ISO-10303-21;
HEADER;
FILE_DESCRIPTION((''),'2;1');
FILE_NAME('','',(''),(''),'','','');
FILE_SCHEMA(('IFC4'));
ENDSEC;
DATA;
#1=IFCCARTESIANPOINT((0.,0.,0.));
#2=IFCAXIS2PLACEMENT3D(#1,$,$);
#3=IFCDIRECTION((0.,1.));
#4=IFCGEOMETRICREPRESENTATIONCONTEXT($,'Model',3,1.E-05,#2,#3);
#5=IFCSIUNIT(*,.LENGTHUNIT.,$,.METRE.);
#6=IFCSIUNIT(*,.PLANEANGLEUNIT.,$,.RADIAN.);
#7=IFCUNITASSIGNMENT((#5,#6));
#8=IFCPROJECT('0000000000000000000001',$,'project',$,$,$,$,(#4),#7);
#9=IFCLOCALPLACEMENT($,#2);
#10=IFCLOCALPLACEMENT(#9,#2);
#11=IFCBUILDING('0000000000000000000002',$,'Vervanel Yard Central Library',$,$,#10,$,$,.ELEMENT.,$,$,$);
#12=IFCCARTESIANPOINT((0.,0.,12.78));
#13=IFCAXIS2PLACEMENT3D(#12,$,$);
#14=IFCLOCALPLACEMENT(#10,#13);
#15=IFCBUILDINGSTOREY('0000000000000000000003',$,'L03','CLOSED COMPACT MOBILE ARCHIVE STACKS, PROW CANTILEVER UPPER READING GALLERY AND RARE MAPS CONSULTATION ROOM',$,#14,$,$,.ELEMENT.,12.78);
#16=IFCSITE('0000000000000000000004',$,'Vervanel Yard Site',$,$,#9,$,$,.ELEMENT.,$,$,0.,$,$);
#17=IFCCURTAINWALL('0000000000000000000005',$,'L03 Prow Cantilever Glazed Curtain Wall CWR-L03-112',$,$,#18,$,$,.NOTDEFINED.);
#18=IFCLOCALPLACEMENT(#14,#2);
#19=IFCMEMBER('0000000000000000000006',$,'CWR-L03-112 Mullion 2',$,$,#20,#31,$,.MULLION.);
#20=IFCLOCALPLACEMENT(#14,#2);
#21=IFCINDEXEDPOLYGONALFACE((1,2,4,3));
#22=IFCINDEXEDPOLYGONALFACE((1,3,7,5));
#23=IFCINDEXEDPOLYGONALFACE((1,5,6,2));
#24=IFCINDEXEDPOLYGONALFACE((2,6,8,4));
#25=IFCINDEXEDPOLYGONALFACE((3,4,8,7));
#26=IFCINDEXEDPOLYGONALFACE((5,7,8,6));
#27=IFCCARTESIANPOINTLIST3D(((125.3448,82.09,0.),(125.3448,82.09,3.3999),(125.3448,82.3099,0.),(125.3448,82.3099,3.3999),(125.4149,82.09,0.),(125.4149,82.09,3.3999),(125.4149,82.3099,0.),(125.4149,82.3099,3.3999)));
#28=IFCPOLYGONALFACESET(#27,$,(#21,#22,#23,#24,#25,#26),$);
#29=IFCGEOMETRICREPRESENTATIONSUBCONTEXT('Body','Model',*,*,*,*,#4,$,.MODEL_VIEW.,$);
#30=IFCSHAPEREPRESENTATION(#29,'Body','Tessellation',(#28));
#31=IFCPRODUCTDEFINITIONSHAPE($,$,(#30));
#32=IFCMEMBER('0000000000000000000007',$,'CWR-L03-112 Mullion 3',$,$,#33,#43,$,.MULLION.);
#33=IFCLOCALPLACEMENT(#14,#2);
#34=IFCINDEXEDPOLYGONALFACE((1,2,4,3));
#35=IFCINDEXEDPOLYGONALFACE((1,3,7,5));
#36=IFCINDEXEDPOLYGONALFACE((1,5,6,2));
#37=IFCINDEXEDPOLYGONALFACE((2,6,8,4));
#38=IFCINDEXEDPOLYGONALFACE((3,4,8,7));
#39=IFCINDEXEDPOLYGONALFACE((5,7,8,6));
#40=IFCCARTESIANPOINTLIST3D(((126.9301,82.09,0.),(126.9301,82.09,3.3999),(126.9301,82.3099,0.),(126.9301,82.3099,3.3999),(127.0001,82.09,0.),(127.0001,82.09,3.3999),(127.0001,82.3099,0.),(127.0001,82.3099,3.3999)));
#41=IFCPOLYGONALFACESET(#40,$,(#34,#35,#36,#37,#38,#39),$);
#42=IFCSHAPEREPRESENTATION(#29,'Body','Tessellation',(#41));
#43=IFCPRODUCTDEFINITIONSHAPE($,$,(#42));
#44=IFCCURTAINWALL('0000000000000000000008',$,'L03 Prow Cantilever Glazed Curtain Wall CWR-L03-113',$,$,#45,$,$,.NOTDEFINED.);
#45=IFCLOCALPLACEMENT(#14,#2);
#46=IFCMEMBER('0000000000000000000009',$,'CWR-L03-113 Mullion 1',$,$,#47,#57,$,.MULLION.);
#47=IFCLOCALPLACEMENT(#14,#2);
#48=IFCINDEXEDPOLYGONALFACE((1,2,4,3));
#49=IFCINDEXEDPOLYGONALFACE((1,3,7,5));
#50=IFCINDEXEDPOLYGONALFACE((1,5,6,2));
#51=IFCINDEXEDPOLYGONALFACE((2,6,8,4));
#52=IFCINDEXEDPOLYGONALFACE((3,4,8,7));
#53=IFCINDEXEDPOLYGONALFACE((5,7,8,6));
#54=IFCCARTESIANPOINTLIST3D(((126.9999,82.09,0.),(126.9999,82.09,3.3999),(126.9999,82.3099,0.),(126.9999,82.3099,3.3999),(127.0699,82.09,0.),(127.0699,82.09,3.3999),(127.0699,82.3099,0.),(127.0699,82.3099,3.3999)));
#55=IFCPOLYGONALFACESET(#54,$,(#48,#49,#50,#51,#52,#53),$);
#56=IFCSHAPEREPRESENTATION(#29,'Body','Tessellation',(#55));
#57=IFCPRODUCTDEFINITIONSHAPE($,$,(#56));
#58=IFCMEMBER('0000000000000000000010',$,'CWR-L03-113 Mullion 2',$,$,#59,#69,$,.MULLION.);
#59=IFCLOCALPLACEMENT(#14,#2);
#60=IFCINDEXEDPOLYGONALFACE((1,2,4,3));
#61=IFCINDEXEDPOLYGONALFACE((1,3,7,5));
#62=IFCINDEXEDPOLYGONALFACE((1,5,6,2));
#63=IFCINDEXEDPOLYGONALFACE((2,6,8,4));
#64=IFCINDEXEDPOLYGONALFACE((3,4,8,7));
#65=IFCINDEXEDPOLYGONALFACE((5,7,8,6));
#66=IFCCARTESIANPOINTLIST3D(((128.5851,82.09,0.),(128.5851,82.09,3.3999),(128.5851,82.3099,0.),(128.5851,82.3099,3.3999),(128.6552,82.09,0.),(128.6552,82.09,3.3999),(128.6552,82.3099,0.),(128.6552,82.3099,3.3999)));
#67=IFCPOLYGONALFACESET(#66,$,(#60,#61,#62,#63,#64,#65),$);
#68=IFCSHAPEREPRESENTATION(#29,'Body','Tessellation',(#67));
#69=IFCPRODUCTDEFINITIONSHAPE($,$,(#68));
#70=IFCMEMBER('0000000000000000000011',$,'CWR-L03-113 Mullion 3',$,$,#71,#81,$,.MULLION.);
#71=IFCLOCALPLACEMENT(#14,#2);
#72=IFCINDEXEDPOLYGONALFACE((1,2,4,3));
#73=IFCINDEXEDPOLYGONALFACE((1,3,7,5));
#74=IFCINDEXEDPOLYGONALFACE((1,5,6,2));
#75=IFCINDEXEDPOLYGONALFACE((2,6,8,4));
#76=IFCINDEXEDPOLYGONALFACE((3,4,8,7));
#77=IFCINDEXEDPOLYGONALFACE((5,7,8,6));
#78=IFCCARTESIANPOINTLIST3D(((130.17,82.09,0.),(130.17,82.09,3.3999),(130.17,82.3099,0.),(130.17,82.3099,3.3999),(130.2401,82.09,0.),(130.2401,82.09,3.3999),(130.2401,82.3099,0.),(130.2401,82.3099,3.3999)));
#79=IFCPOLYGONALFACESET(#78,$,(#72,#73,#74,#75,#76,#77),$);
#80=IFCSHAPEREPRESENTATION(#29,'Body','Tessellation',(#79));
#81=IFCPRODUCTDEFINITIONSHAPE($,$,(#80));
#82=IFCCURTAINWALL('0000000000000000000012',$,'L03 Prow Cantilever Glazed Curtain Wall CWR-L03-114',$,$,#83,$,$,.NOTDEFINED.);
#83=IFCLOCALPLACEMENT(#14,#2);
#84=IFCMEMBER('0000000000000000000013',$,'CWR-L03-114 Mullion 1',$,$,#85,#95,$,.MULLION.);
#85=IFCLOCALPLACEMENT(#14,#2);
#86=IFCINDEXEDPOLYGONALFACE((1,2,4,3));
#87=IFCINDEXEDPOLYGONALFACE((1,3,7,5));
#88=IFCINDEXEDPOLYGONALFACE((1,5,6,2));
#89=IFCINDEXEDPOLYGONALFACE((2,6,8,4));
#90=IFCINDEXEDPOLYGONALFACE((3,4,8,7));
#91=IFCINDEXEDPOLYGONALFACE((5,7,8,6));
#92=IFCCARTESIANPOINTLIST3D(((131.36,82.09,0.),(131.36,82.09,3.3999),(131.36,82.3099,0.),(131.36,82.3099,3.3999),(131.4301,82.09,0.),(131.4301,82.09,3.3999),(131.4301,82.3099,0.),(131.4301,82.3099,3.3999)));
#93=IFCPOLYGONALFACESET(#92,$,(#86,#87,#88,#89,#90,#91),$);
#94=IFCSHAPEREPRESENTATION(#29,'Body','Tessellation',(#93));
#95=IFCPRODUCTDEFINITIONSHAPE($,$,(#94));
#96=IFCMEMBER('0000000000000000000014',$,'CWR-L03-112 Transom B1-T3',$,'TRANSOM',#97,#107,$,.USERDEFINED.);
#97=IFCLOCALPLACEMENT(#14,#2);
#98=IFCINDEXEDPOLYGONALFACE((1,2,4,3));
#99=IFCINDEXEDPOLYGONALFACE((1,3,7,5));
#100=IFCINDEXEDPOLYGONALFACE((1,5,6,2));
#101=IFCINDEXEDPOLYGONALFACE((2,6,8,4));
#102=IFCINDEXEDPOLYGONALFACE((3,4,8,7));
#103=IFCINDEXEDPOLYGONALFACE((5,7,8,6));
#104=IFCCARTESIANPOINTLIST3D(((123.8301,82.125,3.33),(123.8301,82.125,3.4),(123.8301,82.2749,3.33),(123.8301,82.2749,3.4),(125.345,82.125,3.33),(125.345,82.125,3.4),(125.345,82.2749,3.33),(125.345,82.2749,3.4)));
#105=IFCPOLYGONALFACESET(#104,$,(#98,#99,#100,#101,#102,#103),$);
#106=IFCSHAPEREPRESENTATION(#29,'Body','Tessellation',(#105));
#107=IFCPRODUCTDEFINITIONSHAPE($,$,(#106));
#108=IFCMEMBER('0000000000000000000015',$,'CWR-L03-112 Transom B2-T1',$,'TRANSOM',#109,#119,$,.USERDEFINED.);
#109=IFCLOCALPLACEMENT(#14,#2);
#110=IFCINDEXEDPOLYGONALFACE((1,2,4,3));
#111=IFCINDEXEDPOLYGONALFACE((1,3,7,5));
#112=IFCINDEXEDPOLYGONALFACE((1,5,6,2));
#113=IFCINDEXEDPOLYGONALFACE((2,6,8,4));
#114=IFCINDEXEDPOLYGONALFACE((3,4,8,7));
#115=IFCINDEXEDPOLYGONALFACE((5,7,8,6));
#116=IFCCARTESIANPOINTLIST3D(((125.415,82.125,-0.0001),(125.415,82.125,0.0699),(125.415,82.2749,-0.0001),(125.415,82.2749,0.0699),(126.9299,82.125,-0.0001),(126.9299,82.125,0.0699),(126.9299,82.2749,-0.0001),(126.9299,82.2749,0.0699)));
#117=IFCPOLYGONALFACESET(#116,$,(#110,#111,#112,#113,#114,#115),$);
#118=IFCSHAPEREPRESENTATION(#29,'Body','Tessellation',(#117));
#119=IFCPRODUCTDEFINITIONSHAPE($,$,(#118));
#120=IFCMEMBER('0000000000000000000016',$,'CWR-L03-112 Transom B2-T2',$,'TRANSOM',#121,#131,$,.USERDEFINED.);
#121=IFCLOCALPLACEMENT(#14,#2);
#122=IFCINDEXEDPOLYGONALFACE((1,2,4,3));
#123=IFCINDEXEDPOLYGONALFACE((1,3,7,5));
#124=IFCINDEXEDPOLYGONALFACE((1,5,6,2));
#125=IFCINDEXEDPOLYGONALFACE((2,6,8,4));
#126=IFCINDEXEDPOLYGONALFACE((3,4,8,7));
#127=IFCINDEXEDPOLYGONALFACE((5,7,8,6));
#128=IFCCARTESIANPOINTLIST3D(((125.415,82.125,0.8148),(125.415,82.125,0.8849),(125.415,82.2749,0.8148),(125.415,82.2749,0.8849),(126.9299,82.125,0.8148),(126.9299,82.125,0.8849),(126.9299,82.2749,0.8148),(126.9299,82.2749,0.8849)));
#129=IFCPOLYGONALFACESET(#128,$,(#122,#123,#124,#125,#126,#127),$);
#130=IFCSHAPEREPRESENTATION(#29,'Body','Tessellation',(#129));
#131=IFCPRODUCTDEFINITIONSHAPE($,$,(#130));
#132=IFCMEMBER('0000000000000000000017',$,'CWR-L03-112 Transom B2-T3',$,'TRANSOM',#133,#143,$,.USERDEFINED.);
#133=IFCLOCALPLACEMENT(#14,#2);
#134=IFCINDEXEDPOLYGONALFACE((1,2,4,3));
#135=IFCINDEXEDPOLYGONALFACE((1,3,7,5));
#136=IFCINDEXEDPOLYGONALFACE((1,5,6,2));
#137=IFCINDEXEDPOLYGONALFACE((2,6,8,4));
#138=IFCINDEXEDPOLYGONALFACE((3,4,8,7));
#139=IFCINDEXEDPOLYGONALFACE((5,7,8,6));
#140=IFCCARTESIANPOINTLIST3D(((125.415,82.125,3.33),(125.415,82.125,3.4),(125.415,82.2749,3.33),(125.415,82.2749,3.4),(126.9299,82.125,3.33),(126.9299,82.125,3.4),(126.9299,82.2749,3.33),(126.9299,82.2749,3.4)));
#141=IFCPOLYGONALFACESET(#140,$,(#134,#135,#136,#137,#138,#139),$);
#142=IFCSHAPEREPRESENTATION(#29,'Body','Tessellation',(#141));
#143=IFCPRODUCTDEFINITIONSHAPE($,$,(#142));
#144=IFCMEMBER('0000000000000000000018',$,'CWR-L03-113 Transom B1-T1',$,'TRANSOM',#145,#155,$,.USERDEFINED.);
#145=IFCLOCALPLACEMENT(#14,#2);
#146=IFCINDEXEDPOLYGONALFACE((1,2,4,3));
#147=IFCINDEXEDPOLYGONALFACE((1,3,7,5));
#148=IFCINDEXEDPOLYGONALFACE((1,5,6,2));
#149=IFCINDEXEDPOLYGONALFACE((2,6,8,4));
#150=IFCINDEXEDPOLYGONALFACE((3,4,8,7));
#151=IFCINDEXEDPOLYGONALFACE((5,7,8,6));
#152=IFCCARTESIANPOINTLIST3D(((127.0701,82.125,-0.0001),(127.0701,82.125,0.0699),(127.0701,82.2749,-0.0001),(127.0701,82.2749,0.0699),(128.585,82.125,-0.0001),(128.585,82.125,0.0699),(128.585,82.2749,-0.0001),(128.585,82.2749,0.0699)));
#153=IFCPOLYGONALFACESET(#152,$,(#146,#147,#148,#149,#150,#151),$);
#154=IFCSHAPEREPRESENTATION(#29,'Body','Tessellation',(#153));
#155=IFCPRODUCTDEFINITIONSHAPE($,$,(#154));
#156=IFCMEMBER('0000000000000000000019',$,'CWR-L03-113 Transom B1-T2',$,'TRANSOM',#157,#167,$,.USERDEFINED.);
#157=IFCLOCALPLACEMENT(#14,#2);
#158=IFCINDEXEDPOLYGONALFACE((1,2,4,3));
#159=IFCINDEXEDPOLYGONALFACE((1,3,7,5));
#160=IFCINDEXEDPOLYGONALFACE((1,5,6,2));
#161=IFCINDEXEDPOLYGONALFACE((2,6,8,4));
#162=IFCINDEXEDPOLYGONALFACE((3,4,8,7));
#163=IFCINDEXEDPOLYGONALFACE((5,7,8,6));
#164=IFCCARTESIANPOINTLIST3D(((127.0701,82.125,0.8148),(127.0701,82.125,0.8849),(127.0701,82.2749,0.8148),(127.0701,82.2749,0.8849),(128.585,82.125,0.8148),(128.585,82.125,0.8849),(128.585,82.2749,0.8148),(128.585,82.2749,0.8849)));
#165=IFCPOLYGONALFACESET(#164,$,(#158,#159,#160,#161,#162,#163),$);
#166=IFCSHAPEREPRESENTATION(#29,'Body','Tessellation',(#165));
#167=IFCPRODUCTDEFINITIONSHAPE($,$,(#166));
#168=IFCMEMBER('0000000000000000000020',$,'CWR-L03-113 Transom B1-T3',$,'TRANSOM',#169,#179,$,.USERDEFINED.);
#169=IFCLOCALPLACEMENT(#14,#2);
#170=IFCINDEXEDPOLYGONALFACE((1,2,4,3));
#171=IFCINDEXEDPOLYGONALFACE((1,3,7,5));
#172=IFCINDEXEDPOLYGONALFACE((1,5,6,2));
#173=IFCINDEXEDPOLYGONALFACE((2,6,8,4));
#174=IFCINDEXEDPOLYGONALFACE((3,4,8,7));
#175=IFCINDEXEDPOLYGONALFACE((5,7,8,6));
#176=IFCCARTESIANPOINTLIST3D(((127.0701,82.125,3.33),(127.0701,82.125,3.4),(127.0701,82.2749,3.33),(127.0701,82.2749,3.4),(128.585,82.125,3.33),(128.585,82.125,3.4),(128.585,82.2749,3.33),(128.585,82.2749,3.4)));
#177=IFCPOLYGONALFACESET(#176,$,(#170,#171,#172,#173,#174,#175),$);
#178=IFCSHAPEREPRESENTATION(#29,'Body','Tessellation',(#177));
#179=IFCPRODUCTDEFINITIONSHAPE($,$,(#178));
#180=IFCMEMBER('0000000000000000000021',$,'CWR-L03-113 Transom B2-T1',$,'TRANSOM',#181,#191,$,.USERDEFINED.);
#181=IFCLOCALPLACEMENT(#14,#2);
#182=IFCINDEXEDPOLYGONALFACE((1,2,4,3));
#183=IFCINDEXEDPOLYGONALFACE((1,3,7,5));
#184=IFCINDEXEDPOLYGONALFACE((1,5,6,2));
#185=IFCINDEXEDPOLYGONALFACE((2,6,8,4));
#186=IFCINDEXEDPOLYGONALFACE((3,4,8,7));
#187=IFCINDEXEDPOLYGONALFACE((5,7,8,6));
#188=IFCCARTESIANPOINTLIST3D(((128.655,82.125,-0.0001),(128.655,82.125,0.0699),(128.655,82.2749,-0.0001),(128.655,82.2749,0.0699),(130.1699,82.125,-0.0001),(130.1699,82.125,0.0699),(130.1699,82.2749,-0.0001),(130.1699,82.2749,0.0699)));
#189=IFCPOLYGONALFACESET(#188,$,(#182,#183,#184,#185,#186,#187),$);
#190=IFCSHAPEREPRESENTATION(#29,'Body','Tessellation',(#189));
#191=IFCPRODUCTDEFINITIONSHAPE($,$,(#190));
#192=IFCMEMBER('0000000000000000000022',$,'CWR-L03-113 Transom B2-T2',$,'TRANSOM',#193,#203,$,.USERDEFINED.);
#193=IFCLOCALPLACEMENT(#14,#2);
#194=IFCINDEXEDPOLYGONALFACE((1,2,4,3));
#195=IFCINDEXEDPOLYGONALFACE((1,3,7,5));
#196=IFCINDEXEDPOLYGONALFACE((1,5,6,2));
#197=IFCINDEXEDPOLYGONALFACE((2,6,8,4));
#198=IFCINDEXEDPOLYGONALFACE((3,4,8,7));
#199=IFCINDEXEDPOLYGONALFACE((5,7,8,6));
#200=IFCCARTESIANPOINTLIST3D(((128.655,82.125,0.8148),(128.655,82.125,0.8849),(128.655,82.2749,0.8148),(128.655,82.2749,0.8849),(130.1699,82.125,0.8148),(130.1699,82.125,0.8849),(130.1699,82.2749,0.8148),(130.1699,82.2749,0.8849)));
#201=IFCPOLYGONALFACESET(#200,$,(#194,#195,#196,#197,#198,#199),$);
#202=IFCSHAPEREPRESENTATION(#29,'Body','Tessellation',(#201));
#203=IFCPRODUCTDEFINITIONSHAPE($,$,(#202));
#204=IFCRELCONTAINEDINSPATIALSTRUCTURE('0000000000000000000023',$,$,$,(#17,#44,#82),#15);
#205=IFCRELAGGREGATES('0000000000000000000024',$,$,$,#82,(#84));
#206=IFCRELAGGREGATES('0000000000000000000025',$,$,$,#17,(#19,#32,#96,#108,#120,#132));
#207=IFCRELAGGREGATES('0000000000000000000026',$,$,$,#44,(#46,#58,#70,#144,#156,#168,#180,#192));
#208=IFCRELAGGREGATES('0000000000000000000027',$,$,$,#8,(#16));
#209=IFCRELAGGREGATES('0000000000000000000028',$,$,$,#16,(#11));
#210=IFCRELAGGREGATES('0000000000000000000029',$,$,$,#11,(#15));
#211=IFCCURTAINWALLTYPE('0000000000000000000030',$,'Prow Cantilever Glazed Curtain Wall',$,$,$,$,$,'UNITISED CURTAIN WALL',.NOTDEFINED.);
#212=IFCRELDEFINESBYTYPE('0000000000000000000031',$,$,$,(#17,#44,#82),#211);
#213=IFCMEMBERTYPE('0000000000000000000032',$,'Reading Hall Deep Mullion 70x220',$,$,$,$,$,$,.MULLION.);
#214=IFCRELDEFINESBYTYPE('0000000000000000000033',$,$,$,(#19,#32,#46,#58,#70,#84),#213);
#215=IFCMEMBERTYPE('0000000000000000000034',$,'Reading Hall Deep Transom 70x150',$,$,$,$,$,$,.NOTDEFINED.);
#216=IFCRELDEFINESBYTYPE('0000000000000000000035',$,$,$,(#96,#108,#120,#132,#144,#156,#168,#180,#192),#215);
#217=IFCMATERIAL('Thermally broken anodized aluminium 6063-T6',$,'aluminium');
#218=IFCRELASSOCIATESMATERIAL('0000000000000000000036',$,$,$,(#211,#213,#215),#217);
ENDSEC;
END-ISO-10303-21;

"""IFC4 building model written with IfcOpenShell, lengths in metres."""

from ifc_helpers import new_model, si_unit, direction, frame, origin, origin_2d, place, context, subcontext, project, spatial, rectangle, extrude, material, material_profile, profile_set, type_object, element, aggregate, save


model = new_model("IFC4")

# Units and contexts
model_context = context("Model", 3, precision=1e-05, world=origin(), true_north=direction((0.0, 1.0)))
body_context = subcontext(model_context, "Body", "Model", "MODEL_VIEW")
ifc_project = project(units=[si_unit("LENGTHUNIT", "METRE"), si_unit("PLANEANGLEUNIT", "RADIAN")], contexts=[model_context])

# Site, building, storey
site_placement = place(None, origin())
site = spatial("IfcSite", under=ifc_project, at=site_placement, Name="Vervanel Yard Site", CompositionType="ELEMENT", RefElevation=0.0)
building_placement = place(site_placement, origin())
building = spatial("IfcBuilding", under=site, at=building_placement, Name="Vervanel Yard Central Library", CompositionType="ELEMENT")
storey_placement = place(building_placement, frame((0.0, 0.0, 12.78)))
storey = spatial("IfcBuildingStorey", under=building, at=storey_placement, Name="L03", Description="CLOSED COMPACT MOBILE ARCHIVE STACKS, PROW CANTILEVER UPPER READING GALLERY AND RARE MAPS CONSULTATION ROOM", CompositionType="ELEMENT", Elevation=12.78)

# Curtain walls, members
ifc_material_1 = material(Name="Thermally broken anodized aluminium 6063-T6", Category="aluminium")
curtain_wall_type = type_object("IfcCurtainWallType", Name="Prow Cantilever Glazed Curtain Wall", ElementType="UNITISED CURTAIN WALL", PredefinedType="NOTDEFINED", material=ifc_material_1)
curtain_wall_1_placement = place(storey_placement, origin())
curtain_wall_1 = element("IfcCurtainWall", 1, at=curtain_wall_1_placement, inside=storey, type_object=curtain_wall_type, Name="L03 Prow Cantilever Glazed Curtain Wall CWR-L03-112", PredefinedType="NOTDEFINED")
ifc_material_profile_1 = material_profile(ifc_material_1, rectangle(XDim=0.0701, YDim=0.22, at=origin_2d()), Name="ALU 70x220", Category="aluminium")
ifc_profile_set_1 = profile_set([ifc_material_profile_1], Name="Thermally broken anodized aluminium 6063-T6")
member_type_1 = type_object("IfcMemberType", Name="Reading Hall Deep Mullion 70x220", PredefinedType="MULLION", material=ifc_profile_set_1)
member_1_placement = place(storey_placement, frame((125.3799, 82.2, 0.0), z_axis=(0.0, 0.0, 1.0), x_axis=(1.0, 0.0, 0.0)))
member_1 = element("IfcMember", 2, at=member_1_placement, type_object=member_type_1, Name="CWR-L03-112 Mullion 2", PredefinedType="MULLION", context=body_context, shape_type="SweptSolid", body=[
    extrude(rectangle(XDim=0.0701, YDim=0.22, at=origin_2d()), origin(), (0.0, 0.0, 1.0), 3.3999),
])
member_2_placement = place(storey_placement, frame((126.9651, 82.2, 0.0), z_axis=(0.0, 0.0, 1.0), x_axis=(1.0, 0.0, 0.0)))
member_2 = element("IfcMember", 3, at=member_2_placement, type_object=member_type_1, Name="CWR-L03-112 Mullion 3", PredefinedType="MULLION", context=body_context, shape_type="SweptSolid", body=[
    extrude(rectangle(XDim=0.0701, YDim=0.22, at=origin_2d()), origin(), (0.0, 0.0, 1.0), 3.3999),
])
curtain_wall_2_placement = place(storey_placement, origin())
curtain_wall_2 = element("IfcCurtainWall", 4, at=curtain_wall_2_placement, inside=storey, type_object=curtain_wall_type, Name="L03 Prow Cantilever Glazed Curtain Wall CWR-L03-113", PredefinedType="NOTDEFINED")
member_3_placement = place(storey_placement, frame((127.0349, 82.2, 0.0), z_axis=(0.0, 0.0, 1.0), x_axis=(1.0, 0.0, 0.0)))
member_3 = element("IfcMember", 5, at=member_3_placement, type_object=member_type_1, Name="CWR-L03-113 Mullion 1", PredefinedType="MULLION", context=body_context, shape_type="SweptSolid", body=[
    extrude(rectangle(XDim=0.0701, YDim=0.22, at=origin_2d()), origin(), (0.0, 0.0, 1.0), 3.3999),
])
member_4_placement = place(storey_placement, frame((128.6201, 82.2, 0.0), z_axis=(0.0, 0.0, 1.0), x_axis=(1.0, 0.0, 0.0)))
member_4 = element("IfcMember", 6, at=member_4_placement, type_object=member_type_1, Name="CWR-L03-113 Mullion 2", PredefinedType="MULLION", context=body_context, shape_type="SweptSolid", body=[
    extrude(rectangle(XDim=0.0701, YDim=0.22, at=origin_2d()), origin(), (0.0, 0.0, 1.0), 3.3999),
])
member_5_placement = place(storey_placement, frame((130.2051, 82.2, 0.0), z_axis=(0.0, 0.0, 1.0), x_axis=(1.0, 0.0, 0.0)))
member_5 = element("IfcMember", 7, at=member_5_placement, type_object=member_type_1, Name="CWR-L03-113 Mullion 3", PredefinedType="MULLION", context=body_context, shape_type="SweptSolid", body=[
    extrude(rectangle(XDim=0.0701, YDim=0.22, at=origin_2d()), origin(), (0.0, 0.0, 1.0), 3.3999),
])

# Curtain wall, member
curtain_wall_3_placement = place(storey_placement, origin())
curtain_wall_3 = element("IfcCurtainWall", 8, at=curtain_wall_3_placement, inside=storey, type_object=curtain_wall_type, Name="L03 Prow Cantilever Glazed Curtain Wall CWR-L03-114", PredefinedType="NOTDEFINED")
member_6_placement = place(storey_placement, frame((131.395, 82.2, 0.0), z_axis=(0.0, 0.0, 1.0), x_axis=(1.0, 0.0, 0.0)))
member_6 = element("IfcMember", 9, at=member_6_placement, type_object=member_type_1, Name="CWR-L03-114 Mullion 1", PredefinedType="MULLION", context=body_context, shape_type="SweptSolid", body=[
    extrude(rectangle(XDim=0.0701, YDim=0.22, at=origin_2d()), origin(), (0.0, 0.0, 1.0), 3.3999),
])

# Members
ifc_material_profile_2 = material_profile(ifc_material_1, rectangle(XDim=0.0701, YDim=0.1499, at=origin_2d()), Name="ALU 70x150", Category="aluminium")
ifc_profile_set_2 = profile_set([ifc_material_profile_2], Name="Thermally broken anodized aluminium 6063-T6")
member_type_2 = type_object("IfcMemberType", Name="Reading Hall Deep Transom 70x150", PredefinedType="NOTDEFINED", material=ifc_profile_set_2)
member_7_placement = place(storey_placement, frame((123.8301, 82.2, 3.365), z_axis=(1.0, 0.0, 0.0), x_axis=(0.0, 0.0, 1.0)))
member_7 = element("IfcMember", 10, at=member_7_placement, type_object=member_type_2, Name="CWR-L03-112 Transom B1-T3", ObjectType="TRANSOM", PredefinedType="USERDEFINED", context=body_context, shape_type="SweptSolid", body=[
    extrude(rectangle(XDim=0.0701, YDim=0.1499, at=origin_2d()), origin(), (0.0, 0.0, 1.0), 1.5149),
])
member_8_placement = place(storey_placement, frame((125.415, 82.2, 0.0349), z_axis=(1.0, 0.0, 0.0), x_axis=(0.0, 0.0, 1.0)))
member_8 = element("IfcMember", 11, at=member_8_placement, type_object=member_type_2, Name="CWR-L03-112 Transom B2-T1", ObjectType="TRANSOM", PredefinedType="USERDEFINED", context=body_context, shape_type="SweptSolid", body=[
    extrude(rectangle(XDim=0.0701, YDim=0.1499, at=origin_2d()), origin(), (0.0, 0.0, 1.0), 1.5149),
])
member_9_placement = place(storey_placement, frame((125.415, 82.2, 0.8499), z_axis=(1.0, 0.0, 0.0), x_axis=(0.0, 0.0, 1.0)))
member_9 = element("IfcMember", 12, at=member_9_placement, type_object=member_type_2, Name="CWR-L03-112 Transom B2-T2", ObjectType="TRANSOM", PredefinedType="USERDEFINED", context=body_context, shape_type="SweptSolid", body=[
    extrude(rectangle(XDim=0.0701, YDim=0.1499, at=origin_2d()), origin(), (0.0, 0.0, 1.0), 1.5149),
])
member_10_placement = place(storey_placement, frame((125.415, 82.2, 3.365), z_axis=(1.0, 0.0, 0.0), x_axis=(0.0, 0.0, 1.0)))
member_10 = element("IfcMember", 13, at=member_10_placement, type_object=member_type_2, Name="CWR-L03-112 Transom B2-T3", ObjectType="TRANSOM", PredefinedType="USERDEFINED", context=body_context, shape_type="SweptSolid", body=[
    extrude(rectangle(XDim=0.0701, YDim=0.1499, at=origin_2d()), origin(), (0.0, 0.0, 1.0), 1.5149),
])
member_11_placement = place(storey_placement, frame((127.0701, 82.2, 0.0349), z_axis=(1.0, 0.0, 0.0), x_axis=(0.0, 0.0, 1.0)))
member_11 = element("IfcMember", 14, at=member_11_placement, type_object=member_type_2, Name="CWR-L03-113 Transom B1-T1", ObjectType="TRANSOM", PredefinedType="USERDEFINED", context=body_context, shape_type="SweptSolid", body=[
    extrude(rectangle(XDim=0.0701, YDim=0.1499, at=origin_2d()), origin(), (0.0, 0.0, 1.0), 1.5149),
])
member_12_placement = place(storey_placement, frame((127.0701, 82.2, 0.8499), z_axis=(1.0, 0.0, 0.0), x_axis=(0.0, 0.0, 1.0)))
member_12 = element("IfcMember", 15, at=member_12_placement, type_object=member_type_2, Name="CWR-L03-113 Transom B1-T2", ObjectType="TRANSOM", PredefinedType="USERDEFINED", context=body_context, shape_type="SweptSolid", body=[
    extrude(rectangle(XDim=0.0701, YDim=0.1499, at=origin_2d()), origin(), (0.0, 0.0, 1.0), 1.5149),
])
member_13_placement = place(storey_placement, frame((127.0701, 82.2, 3.365), z_axis=(1.0, 0.0, 0.0), x_axis=(0.0, 0.0, 1.0)))
member_13 = element("IfcMember", 16, at=member_13_placement, type_object=member_type_2, Name="CWR-L03-113 Transom B1-T3", ObjectType="TRANSOM", PredefinedType="USERDEFINED", context=body_context, shape_type="SweptSolid", body=[
    extrude(rectangle(XDim=0.0701, YDim=0.1499, at=origin_2d()), origin(), (0.0, 0.0, 1.0), 1.5149),
])
member_14_placement = place(storey_placement, frame((128.655, 82.2, 0.0349), z_axis=(1.0, 0.0, 0.0), x_axis=(0.0, 0.0, 1.0)))
member_14 = element("IfcMember", 17, at=member_14_placement, type_object=member_type_2, Name="CWR-L03-113 Transom B2-T1", ObjectType="TRANSOM", PredefinedType="USERDEFINED", context=body_context, shape_type="SweptSolid", body=[
    extrude(rectangle(XDim=0.0701, YDim=0.1499, at=origin_2d()), origin(), (0.0, 0.0, 1.0), 1.5149),
])
member_15_placement = place(storey_placement, frame((128.655, 82.2, 0.8499), z_axis=(1.0, 0.0, 0.0), x_axis=(0.0, 0.0, 1.0)))
member_15 = element("IfcMember", 18, at=member_15_placement, type_object=member_type_2, Name="CWR-L03-113 Transom B2-T2", ObjectType="TRANSOM", PredefinedType="USERDEFINED", context=body_context, shape_type="SweptSolid", body=[
    extrude(rectangle(XDim=0.0701, YDim=0.1499, at=origin_2d()), origin(), (0.0, 0.0, 1.0), 1.5149),
])
aggregate(curtain_wall_3, [member_6])

aggregate(curtain_wall_1, [member_1, member_2, member_7, member_8, member_9, member_10])
aggregate(curtain_wall_2, [member_3, member_4, member_5, member_11, member_12, member_13, member_14, member_15])

save(model, "model.ifc")
